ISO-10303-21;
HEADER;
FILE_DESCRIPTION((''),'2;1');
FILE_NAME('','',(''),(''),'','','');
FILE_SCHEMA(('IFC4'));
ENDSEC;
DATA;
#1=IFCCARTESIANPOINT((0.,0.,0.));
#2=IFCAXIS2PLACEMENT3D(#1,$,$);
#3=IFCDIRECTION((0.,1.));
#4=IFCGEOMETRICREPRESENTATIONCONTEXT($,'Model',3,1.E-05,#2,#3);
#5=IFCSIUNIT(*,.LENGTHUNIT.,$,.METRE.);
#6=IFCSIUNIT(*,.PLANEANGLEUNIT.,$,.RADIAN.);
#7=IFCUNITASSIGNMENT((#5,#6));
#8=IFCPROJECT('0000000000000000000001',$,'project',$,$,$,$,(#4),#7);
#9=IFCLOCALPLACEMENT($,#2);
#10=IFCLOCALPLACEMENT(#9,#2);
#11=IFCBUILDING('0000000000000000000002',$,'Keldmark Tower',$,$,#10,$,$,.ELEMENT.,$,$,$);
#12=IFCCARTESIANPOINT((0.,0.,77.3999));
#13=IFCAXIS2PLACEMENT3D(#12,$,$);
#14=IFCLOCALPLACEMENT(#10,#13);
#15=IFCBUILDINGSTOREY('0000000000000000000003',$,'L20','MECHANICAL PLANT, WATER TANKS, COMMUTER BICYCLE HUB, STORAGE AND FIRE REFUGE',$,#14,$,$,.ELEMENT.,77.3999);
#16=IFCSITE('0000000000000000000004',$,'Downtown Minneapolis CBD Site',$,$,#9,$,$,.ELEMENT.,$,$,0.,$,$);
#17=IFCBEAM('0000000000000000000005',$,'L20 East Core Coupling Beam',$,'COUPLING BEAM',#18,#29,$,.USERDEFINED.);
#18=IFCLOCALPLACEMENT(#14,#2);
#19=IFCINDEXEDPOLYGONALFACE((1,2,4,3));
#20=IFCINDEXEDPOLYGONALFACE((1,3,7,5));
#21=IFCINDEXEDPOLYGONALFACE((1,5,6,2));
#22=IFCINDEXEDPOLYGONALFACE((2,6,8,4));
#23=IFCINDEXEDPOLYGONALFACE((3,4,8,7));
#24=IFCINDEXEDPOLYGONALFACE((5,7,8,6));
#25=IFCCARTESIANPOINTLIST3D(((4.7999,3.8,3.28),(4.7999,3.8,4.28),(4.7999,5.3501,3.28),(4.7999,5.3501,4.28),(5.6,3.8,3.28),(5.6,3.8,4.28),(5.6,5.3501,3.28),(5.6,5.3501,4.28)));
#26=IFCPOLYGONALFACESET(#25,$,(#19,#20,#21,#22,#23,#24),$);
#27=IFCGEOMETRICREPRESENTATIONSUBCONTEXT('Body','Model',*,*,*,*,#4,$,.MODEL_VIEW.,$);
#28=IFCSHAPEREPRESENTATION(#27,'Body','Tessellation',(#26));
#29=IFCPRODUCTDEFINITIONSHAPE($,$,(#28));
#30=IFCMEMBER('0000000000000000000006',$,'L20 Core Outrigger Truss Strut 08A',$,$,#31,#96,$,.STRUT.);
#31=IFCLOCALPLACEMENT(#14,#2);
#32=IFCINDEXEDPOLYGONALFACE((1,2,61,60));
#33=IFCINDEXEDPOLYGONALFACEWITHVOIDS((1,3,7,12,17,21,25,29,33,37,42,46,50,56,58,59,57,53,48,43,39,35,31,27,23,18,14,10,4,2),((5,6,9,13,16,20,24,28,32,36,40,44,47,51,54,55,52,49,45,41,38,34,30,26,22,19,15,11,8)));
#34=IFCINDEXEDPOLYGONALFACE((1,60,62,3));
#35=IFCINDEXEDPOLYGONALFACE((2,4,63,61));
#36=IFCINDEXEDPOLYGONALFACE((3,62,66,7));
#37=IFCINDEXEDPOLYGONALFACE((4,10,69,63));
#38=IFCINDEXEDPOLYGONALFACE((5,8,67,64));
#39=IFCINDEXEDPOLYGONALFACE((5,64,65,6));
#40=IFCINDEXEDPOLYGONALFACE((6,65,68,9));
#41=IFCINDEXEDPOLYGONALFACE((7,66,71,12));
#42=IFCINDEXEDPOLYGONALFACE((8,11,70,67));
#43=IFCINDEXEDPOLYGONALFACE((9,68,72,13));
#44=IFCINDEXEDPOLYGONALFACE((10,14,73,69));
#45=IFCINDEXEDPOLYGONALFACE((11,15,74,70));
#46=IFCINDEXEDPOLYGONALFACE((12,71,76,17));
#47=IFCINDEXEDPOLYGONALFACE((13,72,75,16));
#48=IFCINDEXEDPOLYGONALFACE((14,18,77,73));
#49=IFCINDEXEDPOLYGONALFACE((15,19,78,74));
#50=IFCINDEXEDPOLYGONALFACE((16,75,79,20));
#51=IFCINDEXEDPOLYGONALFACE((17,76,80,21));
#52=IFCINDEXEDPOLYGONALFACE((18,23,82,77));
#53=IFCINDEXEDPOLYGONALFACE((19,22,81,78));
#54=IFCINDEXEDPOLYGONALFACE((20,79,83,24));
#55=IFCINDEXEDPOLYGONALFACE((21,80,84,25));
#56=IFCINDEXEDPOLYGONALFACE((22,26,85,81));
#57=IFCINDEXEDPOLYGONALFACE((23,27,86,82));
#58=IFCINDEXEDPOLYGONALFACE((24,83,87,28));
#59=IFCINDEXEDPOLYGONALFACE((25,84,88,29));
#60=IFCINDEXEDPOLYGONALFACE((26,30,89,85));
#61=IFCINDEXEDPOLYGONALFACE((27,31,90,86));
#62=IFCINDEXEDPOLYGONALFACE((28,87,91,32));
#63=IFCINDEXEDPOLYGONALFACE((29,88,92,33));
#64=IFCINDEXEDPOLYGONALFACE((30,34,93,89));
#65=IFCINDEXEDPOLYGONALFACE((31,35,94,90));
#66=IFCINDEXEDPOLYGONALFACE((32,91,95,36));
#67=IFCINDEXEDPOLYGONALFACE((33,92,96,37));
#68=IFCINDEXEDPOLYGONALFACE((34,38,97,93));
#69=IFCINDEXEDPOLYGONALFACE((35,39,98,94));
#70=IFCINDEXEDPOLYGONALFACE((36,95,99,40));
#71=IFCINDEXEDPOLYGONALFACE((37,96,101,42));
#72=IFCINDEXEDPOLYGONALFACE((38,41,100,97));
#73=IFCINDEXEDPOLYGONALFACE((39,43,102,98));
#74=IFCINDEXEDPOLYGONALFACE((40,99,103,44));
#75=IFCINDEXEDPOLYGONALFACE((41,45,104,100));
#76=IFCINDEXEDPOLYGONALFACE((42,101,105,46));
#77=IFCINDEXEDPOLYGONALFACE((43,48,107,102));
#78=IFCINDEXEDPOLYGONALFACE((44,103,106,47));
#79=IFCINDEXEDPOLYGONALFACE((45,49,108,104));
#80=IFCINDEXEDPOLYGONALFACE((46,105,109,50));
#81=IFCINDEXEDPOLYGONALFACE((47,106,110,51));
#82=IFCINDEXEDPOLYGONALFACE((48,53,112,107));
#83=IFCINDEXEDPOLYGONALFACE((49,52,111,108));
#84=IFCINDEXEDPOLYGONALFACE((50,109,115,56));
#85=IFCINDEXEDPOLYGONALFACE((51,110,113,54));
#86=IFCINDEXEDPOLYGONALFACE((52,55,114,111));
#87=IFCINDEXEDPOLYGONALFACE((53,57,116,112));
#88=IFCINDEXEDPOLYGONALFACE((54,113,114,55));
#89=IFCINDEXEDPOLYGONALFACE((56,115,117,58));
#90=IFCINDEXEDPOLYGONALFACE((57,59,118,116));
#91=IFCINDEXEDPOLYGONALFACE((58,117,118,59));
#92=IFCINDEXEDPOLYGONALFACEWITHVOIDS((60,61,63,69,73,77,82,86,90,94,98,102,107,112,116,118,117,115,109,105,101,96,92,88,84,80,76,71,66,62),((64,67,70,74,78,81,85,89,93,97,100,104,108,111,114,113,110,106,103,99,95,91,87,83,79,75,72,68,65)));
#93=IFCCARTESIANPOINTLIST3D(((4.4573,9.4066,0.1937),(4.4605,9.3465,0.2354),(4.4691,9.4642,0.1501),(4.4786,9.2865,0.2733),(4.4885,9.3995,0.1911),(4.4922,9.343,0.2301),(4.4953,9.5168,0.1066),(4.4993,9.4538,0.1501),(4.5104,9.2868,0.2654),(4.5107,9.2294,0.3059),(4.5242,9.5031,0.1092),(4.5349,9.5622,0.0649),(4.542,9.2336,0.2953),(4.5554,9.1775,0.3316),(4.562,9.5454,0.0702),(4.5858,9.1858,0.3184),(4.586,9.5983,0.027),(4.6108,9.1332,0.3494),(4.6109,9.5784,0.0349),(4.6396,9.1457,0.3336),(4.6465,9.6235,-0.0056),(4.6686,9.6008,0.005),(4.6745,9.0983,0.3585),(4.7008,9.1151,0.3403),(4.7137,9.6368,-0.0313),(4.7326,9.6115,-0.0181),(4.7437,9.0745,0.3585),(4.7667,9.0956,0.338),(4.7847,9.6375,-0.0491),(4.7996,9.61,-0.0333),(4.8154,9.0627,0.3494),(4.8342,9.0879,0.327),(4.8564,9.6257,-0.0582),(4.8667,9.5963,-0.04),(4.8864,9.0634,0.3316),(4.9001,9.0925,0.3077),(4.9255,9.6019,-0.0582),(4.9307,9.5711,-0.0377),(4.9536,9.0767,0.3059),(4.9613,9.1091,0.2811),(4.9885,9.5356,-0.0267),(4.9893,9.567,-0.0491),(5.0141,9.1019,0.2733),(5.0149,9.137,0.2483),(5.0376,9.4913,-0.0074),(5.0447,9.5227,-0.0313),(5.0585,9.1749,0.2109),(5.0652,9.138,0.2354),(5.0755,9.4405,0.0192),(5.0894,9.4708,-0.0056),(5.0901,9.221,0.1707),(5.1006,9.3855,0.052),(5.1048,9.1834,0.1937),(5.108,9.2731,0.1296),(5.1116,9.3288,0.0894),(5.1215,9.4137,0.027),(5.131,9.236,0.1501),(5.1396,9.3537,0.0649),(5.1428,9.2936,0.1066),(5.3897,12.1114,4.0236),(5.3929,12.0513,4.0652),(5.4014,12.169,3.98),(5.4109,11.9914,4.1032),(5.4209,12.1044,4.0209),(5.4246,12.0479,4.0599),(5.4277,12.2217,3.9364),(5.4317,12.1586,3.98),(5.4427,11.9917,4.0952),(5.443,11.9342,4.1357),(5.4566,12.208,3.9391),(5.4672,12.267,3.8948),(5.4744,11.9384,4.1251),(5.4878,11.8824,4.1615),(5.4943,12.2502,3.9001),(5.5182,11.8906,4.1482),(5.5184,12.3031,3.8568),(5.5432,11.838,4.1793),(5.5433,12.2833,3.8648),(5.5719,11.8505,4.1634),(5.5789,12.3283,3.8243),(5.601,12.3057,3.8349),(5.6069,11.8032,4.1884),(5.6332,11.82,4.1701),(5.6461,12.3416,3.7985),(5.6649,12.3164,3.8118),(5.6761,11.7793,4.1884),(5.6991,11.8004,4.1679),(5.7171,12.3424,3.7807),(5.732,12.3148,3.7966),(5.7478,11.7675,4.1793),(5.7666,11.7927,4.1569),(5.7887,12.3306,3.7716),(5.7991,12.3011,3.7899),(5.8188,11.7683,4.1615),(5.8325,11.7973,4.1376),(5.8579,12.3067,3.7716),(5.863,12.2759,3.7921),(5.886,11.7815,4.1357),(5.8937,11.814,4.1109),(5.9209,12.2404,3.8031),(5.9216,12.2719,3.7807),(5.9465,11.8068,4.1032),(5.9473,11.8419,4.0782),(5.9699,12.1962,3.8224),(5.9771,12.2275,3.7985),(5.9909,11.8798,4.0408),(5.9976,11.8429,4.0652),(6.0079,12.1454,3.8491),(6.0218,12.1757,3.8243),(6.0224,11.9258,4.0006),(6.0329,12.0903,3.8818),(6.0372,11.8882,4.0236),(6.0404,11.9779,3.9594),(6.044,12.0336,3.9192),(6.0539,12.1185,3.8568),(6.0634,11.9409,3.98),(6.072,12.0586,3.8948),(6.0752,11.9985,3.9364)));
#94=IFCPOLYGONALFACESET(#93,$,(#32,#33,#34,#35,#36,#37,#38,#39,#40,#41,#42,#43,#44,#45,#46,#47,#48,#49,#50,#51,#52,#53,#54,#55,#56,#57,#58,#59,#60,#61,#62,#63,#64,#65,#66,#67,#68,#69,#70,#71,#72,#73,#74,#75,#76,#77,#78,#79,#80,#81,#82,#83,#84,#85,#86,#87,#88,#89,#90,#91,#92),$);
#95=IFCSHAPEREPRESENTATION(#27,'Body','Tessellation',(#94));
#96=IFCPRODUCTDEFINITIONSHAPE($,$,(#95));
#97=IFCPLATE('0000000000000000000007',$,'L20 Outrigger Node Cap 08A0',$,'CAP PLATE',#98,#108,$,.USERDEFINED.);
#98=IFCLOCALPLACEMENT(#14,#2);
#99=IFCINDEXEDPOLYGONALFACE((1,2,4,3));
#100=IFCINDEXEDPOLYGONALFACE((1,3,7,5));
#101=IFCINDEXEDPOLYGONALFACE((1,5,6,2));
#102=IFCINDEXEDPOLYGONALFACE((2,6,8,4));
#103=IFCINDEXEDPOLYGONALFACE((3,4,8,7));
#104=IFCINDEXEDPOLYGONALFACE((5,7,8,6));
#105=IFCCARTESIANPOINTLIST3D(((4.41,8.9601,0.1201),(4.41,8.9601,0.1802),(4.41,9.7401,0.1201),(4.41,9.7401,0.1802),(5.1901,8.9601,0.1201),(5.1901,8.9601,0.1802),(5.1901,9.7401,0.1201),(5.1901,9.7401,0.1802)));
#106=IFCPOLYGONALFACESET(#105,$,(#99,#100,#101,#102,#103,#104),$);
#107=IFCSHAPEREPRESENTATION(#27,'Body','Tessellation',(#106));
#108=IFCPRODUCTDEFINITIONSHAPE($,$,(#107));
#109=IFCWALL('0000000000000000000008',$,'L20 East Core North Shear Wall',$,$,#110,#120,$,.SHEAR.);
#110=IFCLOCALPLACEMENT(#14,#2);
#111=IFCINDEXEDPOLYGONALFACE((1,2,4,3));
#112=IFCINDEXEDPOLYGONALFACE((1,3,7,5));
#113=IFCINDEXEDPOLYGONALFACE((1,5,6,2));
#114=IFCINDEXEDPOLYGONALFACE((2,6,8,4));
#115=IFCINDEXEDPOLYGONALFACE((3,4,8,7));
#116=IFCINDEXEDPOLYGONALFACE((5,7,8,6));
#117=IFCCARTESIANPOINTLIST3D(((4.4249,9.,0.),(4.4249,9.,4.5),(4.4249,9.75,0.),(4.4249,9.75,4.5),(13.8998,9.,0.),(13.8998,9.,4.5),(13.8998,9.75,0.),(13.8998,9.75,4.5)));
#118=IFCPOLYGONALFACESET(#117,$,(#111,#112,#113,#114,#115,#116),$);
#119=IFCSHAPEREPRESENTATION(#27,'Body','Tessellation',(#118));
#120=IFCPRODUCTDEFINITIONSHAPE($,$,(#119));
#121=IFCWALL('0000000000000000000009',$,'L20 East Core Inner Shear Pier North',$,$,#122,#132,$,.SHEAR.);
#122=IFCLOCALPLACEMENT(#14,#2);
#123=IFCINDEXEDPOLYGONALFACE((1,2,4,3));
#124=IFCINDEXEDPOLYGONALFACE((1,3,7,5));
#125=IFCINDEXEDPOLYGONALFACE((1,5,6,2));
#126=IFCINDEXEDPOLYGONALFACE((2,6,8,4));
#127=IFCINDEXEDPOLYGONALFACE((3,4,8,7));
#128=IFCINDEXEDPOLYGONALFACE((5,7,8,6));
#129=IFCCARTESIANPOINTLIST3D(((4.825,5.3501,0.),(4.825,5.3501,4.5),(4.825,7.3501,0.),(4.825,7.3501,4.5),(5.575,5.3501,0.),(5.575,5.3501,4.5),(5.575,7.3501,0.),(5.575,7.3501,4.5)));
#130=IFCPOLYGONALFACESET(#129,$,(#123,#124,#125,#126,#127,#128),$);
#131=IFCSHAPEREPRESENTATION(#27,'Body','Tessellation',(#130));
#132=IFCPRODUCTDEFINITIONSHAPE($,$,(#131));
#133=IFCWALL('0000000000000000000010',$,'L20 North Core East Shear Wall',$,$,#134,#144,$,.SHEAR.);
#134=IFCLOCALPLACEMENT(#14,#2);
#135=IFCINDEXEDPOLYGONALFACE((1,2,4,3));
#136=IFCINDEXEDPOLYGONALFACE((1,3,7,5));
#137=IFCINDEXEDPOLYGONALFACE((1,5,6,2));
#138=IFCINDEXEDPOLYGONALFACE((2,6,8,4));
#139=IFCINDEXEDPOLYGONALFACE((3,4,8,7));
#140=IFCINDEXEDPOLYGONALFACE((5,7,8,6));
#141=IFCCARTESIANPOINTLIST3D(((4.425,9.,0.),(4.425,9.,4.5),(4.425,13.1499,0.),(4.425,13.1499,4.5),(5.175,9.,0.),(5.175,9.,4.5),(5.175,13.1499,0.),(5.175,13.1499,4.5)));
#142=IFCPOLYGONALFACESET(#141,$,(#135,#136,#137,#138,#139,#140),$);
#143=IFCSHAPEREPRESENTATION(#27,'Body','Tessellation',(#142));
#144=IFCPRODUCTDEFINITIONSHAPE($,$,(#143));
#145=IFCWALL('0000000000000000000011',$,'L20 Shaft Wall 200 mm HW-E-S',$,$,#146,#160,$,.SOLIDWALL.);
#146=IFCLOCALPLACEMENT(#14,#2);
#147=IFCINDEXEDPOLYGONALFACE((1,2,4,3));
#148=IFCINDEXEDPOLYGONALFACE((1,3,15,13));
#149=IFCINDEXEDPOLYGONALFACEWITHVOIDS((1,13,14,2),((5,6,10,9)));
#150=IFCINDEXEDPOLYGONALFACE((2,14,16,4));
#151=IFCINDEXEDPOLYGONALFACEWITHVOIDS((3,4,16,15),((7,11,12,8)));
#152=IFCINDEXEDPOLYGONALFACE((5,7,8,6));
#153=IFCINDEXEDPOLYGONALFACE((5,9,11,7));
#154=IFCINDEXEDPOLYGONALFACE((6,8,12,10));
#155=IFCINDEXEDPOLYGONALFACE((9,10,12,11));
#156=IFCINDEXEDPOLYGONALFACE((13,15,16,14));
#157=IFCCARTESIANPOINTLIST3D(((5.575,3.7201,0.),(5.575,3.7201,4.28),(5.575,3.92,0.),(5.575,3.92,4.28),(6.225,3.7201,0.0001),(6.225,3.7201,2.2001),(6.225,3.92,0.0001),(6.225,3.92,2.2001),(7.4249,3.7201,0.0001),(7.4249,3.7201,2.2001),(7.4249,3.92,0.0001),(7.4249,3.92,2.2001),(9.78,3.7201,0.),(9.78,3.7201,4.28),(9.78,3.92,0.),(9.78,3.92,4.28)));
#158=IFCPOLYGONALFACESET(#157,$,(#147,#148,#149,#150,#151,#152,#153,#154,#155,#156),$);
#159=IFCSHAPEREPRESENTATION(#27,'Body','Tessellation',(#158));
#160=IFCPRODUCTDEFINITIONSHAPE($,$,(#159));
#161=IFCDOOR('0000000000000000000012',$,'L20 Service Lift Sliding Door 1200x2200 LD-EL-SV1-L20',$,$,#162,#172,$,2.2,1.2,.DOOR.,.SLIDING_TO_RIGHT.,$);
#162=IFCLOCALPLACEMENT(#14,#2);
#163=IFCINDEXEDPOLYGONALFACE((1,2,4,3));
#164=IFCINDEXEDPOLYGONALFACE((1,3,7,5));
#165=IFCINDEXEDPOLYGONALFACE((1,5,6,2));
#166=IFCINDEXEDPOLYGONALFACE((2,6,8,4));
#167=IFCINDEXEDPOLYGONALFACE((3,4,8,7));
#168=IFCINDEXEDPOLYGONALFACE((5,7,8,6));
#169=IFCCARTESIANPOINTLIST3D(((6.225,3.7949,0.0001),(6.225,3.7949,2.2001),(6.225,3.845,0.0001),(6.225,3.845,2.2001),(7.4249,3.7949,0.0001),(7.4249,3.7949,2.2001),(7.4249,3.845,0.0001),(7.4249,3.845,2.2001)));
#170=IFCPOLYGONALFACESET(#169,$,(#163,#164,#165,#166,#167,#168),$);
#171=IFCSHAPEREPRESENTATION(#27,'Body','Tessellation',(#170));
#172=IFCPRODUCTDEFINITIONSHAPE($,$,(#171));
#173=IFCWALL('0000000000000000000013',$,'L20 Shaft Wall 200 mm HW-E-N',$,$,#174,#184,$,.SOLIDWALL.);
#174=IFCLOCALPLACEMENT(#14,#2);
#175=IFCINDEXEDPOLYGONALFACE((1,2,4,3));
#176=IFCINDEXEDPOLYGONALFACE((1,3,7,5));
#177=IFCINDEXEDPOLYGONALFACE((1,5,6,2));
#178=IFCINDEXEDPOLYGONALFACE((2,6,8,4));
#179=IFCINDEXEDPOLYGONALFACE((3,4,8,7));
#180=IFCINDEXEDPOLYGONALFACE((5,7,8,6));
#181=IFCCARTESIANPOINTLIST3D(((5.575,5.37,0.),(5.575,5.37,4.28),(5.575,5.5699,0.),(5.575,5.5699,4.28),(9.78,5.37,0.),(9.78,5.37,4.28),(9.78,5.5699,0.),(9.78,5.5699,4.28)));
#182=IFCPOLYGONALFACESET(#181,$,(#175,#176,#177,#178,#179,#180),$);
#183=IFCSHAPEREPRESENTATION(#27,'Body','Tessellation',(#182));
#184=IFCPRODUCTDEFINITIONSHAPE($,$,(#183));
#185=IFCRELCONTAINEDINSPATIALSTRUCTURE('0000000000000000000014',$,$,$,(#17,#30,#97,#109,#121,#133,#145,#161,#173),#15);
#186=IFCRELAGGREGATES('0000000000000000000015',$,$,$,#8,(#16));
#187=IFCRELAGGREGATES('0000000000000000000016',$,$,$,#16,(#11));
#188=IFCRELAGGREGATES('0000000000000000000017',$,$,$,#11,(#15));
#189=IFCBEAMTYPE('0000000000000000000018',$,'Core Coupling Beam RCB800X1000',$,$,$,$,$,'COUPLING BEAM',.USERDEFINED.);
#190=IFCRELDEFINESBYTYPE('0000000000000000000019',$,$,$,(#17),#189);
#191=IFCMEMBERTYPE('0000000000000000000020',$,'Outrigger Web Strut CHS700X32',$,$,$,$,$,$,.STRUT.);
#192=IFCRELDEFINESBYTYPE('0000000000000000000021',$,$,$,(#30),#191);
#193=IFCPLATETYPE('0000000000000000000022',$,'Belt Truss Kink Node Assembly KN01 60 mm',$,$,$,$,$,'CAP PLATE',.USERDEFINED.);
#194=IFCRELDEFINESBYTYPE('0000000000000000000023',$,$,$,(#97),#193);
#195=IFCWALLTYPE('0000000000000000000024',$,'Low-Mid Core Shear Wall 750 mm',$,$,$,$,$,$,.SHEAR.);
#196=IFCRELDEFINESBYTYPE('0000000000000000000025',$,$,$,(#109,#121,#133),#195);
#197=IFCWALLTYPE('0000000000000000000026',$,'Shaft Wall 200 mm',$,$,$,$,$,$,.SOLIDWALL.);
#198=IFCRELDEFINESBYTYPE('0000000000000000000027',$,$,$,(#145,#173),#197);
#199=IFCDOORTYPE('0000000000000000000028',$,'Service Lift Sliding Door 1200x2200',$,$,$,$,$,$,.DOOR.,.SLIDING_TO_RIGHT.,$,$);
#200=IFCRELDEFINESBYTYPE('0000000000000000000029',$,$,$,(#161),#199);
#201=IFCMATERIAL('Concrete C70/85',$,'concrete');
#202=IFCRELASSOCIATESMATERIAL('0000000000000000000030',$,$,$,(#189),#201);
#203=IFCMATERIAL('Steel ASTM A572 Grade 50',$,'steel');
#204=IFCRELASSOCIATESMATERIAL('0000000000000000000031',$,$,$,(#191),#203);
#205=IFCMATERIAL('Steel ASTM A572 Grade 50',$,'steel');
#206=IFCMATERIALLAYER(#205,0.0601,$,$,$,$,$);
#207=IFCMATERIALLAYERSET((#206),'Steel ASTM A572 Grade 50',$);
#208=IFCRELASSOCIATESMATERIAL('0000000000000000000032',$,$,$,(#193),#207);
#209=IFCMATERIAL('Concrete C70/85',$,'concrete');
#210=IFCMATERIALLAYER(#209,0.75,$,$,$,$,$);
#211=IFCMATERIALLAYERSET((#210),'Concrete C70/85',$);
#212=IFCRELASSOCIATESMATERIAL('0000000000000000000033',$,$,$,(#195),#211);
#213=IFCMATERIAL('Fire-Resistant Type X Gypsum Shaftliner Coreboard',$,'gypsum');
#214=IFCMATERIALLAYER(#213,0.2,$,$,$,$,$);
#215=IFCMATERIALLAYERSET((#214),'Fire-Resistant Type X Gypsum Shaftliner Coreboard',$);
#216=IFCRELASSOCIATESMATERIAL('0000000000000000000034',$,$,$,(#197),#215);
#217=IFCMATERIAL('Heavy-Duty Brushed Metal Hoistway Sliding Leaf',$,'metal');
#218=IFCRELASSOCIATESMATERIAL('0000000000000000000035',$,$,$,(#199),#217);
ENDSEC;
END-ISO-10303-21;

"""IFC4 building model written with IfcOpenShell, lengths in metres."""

from ifc_helpers import new_model, si_unit, direction, frame, frame_2d, origin, origin_2d, place, context, subcontext, project, spatial, rectangle, hollow_circle, extrude, material, layer, layer_set, material_profile, profile_set, type_object, element, fill, save


model = new_model("IFC4")

# Units and contexts
model_context = context("Model", 3, precision=1e-05, world=origin(), true_north=direction((0.0, 1.0)))
body_context = subcontext(model_context, "Body", "Model", "MODEL_VIEW")
ifc_project = project(units=[si_unit("LENGTHUNIT", "METRE"), si_unit("PLANEANGLEUNIT", "RADIAN")], contexts=[model_context])

# Site, building, storey
site_placement = place(None, origin())
site = spatial("IfcSite", under=ifc_project, at=site_placement, Name="Downtown Minneapolis CBD Site", CompositionType="ELEMENT", RefElevation=0.0)
building_placement = place(site_placement, origin())
building = spatial("IfcBuilding", under=site, at=building_placement, Name="Keldmark Tower", CompositionType="ELEMENT")
storey_placement = place(building_placement, frame((0.0, 0.0, 77.3999)))
storey = spatial("IfcBuildingStorey", under=building, at=storey_placement, Name="L20", Description="MECHANICAL PLANT, WATER TANKS, COMMUTER BICYCLE HUB, STORAGE AND FIRE REFUGE", CompositionType="ELEMENT", Elevation=77.3999)

# Beam
ifc_material_1 = material(Name="Concrete C70/85", Category="concrete")
ifc_material_profile_1 = material_profile(ifc_material_1, rectangle(XDim=0.8, YDim=1.0, at=origin_2d()), Name="RCB800X1000")
ifc_profile_set_1 = profile_set([ifc_material_profile_1], Name="Concrete C70/85")
beam_type = type_object("IfcBeamType", Name="Core Coupling Beam RCB800X1000", ElementType="COUPLING BEAM", PredefinedType="USERDEFINED", material=ifc_profile_set_1)
beam_placement = place(storey_placement, frame((5.2, 3.8, 3.78), z_axis=(0.0, 1.0, 0.0), x_axis=(-1.0, 0.0, 0.0)))
element("IfcBeam", 1, at=beam_placement, inside=storey, type_object=beam_type, Name="L20 East Core Coupling Beam", ObjectType="COUPLING BEAM", PredefinedType="USERDEFINED", context=body_context, shape_type="SweptSolid", body=[
    extrude(rectangle(XDim=0.8, YDim=1.0, at=origin_2d()), origin(), (0.0, 0.0, 1.0), 1.55),
])

# Member
ifc_material_2 = material(Name="Steel ASTM A572 Grade 50", Category="steel")
ifc_material_profile_2 = material_profile(ifc_material_2, hollow_circle(Radius=0.3501, WallThickness=0.032, at=origin_2d()), Name="CHS700X32")
ifc_profile_set_2 = profile_set([ifc_material_profile_2], Name="Steel ASTM A572 Grade 50")
member_type = type_object("IfcMemberType", Name="Outrigger Web Strut CHS700X32", PredefinedType="STRUT", material=ifc_profile_set_2)
member_placement = place(storey_placement, frame((4.8, 9.3501, 0.1501), z_axis=(0.195037, 0.565807, 0.801139), x_axis=(-0.945408, 0.325888, 0.0)))
element("IfcMember", 2, at=member_placement, inside=storey, type_object=member_type, Name="L20 Core Outrigger Truss Strut 08A", PredefinedType="STRUT", context=body_context, shape_type="SweptSolid", body=[
    extrude(hollow_circle(Radius=0.3501, WallThickness=0.032, at=origin_2d()), origin(), (0.0, 0.0, 1.0), 4.7805),
])

# Plate
ifc_material_3 = material(Name="Steel ASTM A572 Grade 50", Category="steel")
ifc_layer_1 = layer(ifc_material_3, 0.0601)
ifc_layer_set_1 = layer_set([ifc_layer_1], Name="Steel ASTM A572 Grade 50")
plate_type = type_object("IfcPlateType", Name="Belt Truss Kink Node Assembly KN01 60 mm", ElementType="CAP PLATE", PredefinedType="USERDEFINED", material=ifc_layer_set_1)
plate_placement = place(storey_placement, frame((4.8, 9.3501, 0.1201), z_axis=(0.0, 0.0, 1.0), x_axis=(1.0, 0.0, 0.0)))
element("IfcPlate", 3, at=plate_placement, inside=storey, type_object=plate_type, Name="L20 Outrigger Node Cap 08A0", ObjectType="CAP PLATE", PredefinedType="USERDEFINED", context=body_context, shape_type="SweptSolid", body=[
    extrude(rectangle(XDim=0.78, YDim=0.78, at=origin_2d()), origin(), (0.0, 0.0, 1.0), 0.0601),
])

# Walls
ifc_material_4 = material(Name="Concrete C70/85", Category="concrete")
ifc_layer_2 = layer(ifc_material_4, 0.75)
ifc_layer_set_2 = layer_set([ifc_layer_2], Name="Concrete C70/85")
wall_type_1 = type_object("IfcWallType", Name="Low-Mid Core Shear Wall 750 mm", PredefinedType="SHEAR", material=ifc_layer_set_2)
wall_1_placement = place(storey_placement, frame((4.425, 9.375, 0.0), z_axis=(0.0, 0.0, 1.0), x_axis=(1.0, 0.0, 0.0)))
element("IfcWall", 4, at=wall_1_placement, inside=storey, type_object=wall_type_1, Name="L20 East Core North Shear Wall", PredefinedType="SHEAR", context=body_context, shape_type="SweptSolid", body=[
    extrude(rectangle(XDim=9.4749, YDim=0.75, at=frame_2d((4.7373, 0.0))), origin(), (0.0, 0.0, 1.0), 4.5),
])
wall_2_placement = place(storey_placement, frame((5.2, 5.3501, 0.0), z_axis=(0.0, 0.0, 1.0), x_axis=(0.0, 1.0, 0.0)))
element("IfcWall", 5, at=wall_2_placement, inside=storey, type_object=wall_type_1, Name="L20 East Core Inner Shear Pier North", PredefinedType="SHEAR", context=body_context, shape_type="SweptSolid", body=[
    extrude(rectangle(XDim=2.0, YDim=0.75, at=frame_2d((1.0, 0.0))), origin(), (0.0, 0.0, 1.0), 4.5),
])
wall_3_placement = place(storey_placement, frame((4.8, 9.0, 0.0), z_axis=(0.0, 0.0, 1.0), x_axis=(0.0, 1.0, 0.0)))
element("IfcWall", 6, at=wall_3_placement, inside=storey, type_object=wall_type_1, Name="L20 North Core East Shear Wall", PredefinedType="SHEAR", context=body_context, shape_type="SweptSolid", body=[
    extrude(rectangle(XDim=4.1499, YDim=0.75, at=frame_2d((2.075, 0.0))), origin(), (0.0, 0.0, 1.0), 4.5),
])

# Wall, opening, door
ifc_material_5 = material(Name="Fire-Resistant Type X Gypsum Shaftliner Coreboard", Category="gypsum")
ifc_layer_3 = layer(ifc_material_5, 0.2)
ifc_layer_set_3 = layer_set([ifc_layer_3], Name="Fire-Resistant Type X Gypsum Shaftliner Coreboard")
wall_type_2 = type_object("IfcWallType", Name="Shaft Wall 200 mm", PredefinedType="SOLIDWALL", material=ifc_layer_set_3)
wall_4_placement = place(storey_placement, frame((5.575, 3.8201, 0.0), z_axis=(0.0, 0.0, 1.0), x_axis=(1.0, 0.0, 0.0)))
wall_4 = element("IfcWall", 7, at=wall_4_placement, inside=storey, type_object=wall_type_2, Name="L20 Shaft Wall 200 mm HW-E-S", PredefinedType="SOLIDWALL", context=body_context, shape_type="SweptSolid", body=[
    extrude(rectangle(XDim=4.2051, YDim=0.2, at=frame_2d((2.1025, 0.0))), origin(), (0.0, 0.0, 1.0), 4.28),
])
opening_1_placement = place(wall_4_placement, frame((0.6499, 0.0, 0.0)))
opening_1 = element("IfcOpeningElement", 8, at=opening_1_placement, cuts=wall_4, PredefinedType="OPENING", context=body_context, shape_type="SweptSolid", body=[
    extrude(rectangle(XDim=1.2, YDim=2.2, at=frame_2d((0.6001, 1.1001))), frame((0.0, 0.1099, 0.0), z_axis=(0.0, -1.0, 0.0), x_axis=(1.0, 0.0, 0.0)), (0.0, 0.0, 1.0), 0.22),
])
ifc_material_6 = material(Name="Heavy-Duty Brushed Metal Hoistway Sliding Leaf", Category="metal")
door_type_1 = type_object("IfcDoorType", Name="Service Lift Sliding Door 1200x2200", OperationType="SLIDING_TO_RIGHT", PredefinedType="DOOR", material=ifc_material_6)
door_1_placement = place(opening_1_placement, origin())
door_1 = element("IfcDoor", 9, at=door_1_placement, inside=storey, type_object=door_type_1, Name="L20 Service Lift Sliding Door 1200x2200 LD-EL-SV1-L20", OperationType="SLIDING_TO_RIGHT", OverallHeight=2.2, OverallWidth=1.2, PredefinedType="DOOR", context=body_context, shape_type="SweptSolid", body=[
    extrude(rectangle(XDim=1.2, YDim=2.2, at=frame_2d((0.6001, 1.1001))), frame((0.0, 0.0249, 0.0), z_axis=(0.0, -1.0, 0.0), x_axis=(1.0, 0.0, 0.0)), (0.0, 0.0, 1.0), 0.05),
])
fill(opening_1, door_1)

# Wall
wall_5_placement = place(storey_placement, frame((5.575, 5.47, 0.0), z_axis=(0.0, 0.0, 1.0), x_axis=(1.0, 0.0, 0.0)))
element("IfcWall", 10, at=wall_5_placement, inside=storey, type_object=wall_type_2, Name="L20 Shaft Wall 200 mm HW-E-N", PredefinedType="SOLIDWALL", context=body_context, shape_type="SweptSolid", body=[
    extrude(rectangle(XDim=4.2051, YDim=0.2, at=frame_2d((2.1025, 0.0))), origin(), (0.0, 0.0, 1.0), 4.28),
])

save(model, "model.ifc")
